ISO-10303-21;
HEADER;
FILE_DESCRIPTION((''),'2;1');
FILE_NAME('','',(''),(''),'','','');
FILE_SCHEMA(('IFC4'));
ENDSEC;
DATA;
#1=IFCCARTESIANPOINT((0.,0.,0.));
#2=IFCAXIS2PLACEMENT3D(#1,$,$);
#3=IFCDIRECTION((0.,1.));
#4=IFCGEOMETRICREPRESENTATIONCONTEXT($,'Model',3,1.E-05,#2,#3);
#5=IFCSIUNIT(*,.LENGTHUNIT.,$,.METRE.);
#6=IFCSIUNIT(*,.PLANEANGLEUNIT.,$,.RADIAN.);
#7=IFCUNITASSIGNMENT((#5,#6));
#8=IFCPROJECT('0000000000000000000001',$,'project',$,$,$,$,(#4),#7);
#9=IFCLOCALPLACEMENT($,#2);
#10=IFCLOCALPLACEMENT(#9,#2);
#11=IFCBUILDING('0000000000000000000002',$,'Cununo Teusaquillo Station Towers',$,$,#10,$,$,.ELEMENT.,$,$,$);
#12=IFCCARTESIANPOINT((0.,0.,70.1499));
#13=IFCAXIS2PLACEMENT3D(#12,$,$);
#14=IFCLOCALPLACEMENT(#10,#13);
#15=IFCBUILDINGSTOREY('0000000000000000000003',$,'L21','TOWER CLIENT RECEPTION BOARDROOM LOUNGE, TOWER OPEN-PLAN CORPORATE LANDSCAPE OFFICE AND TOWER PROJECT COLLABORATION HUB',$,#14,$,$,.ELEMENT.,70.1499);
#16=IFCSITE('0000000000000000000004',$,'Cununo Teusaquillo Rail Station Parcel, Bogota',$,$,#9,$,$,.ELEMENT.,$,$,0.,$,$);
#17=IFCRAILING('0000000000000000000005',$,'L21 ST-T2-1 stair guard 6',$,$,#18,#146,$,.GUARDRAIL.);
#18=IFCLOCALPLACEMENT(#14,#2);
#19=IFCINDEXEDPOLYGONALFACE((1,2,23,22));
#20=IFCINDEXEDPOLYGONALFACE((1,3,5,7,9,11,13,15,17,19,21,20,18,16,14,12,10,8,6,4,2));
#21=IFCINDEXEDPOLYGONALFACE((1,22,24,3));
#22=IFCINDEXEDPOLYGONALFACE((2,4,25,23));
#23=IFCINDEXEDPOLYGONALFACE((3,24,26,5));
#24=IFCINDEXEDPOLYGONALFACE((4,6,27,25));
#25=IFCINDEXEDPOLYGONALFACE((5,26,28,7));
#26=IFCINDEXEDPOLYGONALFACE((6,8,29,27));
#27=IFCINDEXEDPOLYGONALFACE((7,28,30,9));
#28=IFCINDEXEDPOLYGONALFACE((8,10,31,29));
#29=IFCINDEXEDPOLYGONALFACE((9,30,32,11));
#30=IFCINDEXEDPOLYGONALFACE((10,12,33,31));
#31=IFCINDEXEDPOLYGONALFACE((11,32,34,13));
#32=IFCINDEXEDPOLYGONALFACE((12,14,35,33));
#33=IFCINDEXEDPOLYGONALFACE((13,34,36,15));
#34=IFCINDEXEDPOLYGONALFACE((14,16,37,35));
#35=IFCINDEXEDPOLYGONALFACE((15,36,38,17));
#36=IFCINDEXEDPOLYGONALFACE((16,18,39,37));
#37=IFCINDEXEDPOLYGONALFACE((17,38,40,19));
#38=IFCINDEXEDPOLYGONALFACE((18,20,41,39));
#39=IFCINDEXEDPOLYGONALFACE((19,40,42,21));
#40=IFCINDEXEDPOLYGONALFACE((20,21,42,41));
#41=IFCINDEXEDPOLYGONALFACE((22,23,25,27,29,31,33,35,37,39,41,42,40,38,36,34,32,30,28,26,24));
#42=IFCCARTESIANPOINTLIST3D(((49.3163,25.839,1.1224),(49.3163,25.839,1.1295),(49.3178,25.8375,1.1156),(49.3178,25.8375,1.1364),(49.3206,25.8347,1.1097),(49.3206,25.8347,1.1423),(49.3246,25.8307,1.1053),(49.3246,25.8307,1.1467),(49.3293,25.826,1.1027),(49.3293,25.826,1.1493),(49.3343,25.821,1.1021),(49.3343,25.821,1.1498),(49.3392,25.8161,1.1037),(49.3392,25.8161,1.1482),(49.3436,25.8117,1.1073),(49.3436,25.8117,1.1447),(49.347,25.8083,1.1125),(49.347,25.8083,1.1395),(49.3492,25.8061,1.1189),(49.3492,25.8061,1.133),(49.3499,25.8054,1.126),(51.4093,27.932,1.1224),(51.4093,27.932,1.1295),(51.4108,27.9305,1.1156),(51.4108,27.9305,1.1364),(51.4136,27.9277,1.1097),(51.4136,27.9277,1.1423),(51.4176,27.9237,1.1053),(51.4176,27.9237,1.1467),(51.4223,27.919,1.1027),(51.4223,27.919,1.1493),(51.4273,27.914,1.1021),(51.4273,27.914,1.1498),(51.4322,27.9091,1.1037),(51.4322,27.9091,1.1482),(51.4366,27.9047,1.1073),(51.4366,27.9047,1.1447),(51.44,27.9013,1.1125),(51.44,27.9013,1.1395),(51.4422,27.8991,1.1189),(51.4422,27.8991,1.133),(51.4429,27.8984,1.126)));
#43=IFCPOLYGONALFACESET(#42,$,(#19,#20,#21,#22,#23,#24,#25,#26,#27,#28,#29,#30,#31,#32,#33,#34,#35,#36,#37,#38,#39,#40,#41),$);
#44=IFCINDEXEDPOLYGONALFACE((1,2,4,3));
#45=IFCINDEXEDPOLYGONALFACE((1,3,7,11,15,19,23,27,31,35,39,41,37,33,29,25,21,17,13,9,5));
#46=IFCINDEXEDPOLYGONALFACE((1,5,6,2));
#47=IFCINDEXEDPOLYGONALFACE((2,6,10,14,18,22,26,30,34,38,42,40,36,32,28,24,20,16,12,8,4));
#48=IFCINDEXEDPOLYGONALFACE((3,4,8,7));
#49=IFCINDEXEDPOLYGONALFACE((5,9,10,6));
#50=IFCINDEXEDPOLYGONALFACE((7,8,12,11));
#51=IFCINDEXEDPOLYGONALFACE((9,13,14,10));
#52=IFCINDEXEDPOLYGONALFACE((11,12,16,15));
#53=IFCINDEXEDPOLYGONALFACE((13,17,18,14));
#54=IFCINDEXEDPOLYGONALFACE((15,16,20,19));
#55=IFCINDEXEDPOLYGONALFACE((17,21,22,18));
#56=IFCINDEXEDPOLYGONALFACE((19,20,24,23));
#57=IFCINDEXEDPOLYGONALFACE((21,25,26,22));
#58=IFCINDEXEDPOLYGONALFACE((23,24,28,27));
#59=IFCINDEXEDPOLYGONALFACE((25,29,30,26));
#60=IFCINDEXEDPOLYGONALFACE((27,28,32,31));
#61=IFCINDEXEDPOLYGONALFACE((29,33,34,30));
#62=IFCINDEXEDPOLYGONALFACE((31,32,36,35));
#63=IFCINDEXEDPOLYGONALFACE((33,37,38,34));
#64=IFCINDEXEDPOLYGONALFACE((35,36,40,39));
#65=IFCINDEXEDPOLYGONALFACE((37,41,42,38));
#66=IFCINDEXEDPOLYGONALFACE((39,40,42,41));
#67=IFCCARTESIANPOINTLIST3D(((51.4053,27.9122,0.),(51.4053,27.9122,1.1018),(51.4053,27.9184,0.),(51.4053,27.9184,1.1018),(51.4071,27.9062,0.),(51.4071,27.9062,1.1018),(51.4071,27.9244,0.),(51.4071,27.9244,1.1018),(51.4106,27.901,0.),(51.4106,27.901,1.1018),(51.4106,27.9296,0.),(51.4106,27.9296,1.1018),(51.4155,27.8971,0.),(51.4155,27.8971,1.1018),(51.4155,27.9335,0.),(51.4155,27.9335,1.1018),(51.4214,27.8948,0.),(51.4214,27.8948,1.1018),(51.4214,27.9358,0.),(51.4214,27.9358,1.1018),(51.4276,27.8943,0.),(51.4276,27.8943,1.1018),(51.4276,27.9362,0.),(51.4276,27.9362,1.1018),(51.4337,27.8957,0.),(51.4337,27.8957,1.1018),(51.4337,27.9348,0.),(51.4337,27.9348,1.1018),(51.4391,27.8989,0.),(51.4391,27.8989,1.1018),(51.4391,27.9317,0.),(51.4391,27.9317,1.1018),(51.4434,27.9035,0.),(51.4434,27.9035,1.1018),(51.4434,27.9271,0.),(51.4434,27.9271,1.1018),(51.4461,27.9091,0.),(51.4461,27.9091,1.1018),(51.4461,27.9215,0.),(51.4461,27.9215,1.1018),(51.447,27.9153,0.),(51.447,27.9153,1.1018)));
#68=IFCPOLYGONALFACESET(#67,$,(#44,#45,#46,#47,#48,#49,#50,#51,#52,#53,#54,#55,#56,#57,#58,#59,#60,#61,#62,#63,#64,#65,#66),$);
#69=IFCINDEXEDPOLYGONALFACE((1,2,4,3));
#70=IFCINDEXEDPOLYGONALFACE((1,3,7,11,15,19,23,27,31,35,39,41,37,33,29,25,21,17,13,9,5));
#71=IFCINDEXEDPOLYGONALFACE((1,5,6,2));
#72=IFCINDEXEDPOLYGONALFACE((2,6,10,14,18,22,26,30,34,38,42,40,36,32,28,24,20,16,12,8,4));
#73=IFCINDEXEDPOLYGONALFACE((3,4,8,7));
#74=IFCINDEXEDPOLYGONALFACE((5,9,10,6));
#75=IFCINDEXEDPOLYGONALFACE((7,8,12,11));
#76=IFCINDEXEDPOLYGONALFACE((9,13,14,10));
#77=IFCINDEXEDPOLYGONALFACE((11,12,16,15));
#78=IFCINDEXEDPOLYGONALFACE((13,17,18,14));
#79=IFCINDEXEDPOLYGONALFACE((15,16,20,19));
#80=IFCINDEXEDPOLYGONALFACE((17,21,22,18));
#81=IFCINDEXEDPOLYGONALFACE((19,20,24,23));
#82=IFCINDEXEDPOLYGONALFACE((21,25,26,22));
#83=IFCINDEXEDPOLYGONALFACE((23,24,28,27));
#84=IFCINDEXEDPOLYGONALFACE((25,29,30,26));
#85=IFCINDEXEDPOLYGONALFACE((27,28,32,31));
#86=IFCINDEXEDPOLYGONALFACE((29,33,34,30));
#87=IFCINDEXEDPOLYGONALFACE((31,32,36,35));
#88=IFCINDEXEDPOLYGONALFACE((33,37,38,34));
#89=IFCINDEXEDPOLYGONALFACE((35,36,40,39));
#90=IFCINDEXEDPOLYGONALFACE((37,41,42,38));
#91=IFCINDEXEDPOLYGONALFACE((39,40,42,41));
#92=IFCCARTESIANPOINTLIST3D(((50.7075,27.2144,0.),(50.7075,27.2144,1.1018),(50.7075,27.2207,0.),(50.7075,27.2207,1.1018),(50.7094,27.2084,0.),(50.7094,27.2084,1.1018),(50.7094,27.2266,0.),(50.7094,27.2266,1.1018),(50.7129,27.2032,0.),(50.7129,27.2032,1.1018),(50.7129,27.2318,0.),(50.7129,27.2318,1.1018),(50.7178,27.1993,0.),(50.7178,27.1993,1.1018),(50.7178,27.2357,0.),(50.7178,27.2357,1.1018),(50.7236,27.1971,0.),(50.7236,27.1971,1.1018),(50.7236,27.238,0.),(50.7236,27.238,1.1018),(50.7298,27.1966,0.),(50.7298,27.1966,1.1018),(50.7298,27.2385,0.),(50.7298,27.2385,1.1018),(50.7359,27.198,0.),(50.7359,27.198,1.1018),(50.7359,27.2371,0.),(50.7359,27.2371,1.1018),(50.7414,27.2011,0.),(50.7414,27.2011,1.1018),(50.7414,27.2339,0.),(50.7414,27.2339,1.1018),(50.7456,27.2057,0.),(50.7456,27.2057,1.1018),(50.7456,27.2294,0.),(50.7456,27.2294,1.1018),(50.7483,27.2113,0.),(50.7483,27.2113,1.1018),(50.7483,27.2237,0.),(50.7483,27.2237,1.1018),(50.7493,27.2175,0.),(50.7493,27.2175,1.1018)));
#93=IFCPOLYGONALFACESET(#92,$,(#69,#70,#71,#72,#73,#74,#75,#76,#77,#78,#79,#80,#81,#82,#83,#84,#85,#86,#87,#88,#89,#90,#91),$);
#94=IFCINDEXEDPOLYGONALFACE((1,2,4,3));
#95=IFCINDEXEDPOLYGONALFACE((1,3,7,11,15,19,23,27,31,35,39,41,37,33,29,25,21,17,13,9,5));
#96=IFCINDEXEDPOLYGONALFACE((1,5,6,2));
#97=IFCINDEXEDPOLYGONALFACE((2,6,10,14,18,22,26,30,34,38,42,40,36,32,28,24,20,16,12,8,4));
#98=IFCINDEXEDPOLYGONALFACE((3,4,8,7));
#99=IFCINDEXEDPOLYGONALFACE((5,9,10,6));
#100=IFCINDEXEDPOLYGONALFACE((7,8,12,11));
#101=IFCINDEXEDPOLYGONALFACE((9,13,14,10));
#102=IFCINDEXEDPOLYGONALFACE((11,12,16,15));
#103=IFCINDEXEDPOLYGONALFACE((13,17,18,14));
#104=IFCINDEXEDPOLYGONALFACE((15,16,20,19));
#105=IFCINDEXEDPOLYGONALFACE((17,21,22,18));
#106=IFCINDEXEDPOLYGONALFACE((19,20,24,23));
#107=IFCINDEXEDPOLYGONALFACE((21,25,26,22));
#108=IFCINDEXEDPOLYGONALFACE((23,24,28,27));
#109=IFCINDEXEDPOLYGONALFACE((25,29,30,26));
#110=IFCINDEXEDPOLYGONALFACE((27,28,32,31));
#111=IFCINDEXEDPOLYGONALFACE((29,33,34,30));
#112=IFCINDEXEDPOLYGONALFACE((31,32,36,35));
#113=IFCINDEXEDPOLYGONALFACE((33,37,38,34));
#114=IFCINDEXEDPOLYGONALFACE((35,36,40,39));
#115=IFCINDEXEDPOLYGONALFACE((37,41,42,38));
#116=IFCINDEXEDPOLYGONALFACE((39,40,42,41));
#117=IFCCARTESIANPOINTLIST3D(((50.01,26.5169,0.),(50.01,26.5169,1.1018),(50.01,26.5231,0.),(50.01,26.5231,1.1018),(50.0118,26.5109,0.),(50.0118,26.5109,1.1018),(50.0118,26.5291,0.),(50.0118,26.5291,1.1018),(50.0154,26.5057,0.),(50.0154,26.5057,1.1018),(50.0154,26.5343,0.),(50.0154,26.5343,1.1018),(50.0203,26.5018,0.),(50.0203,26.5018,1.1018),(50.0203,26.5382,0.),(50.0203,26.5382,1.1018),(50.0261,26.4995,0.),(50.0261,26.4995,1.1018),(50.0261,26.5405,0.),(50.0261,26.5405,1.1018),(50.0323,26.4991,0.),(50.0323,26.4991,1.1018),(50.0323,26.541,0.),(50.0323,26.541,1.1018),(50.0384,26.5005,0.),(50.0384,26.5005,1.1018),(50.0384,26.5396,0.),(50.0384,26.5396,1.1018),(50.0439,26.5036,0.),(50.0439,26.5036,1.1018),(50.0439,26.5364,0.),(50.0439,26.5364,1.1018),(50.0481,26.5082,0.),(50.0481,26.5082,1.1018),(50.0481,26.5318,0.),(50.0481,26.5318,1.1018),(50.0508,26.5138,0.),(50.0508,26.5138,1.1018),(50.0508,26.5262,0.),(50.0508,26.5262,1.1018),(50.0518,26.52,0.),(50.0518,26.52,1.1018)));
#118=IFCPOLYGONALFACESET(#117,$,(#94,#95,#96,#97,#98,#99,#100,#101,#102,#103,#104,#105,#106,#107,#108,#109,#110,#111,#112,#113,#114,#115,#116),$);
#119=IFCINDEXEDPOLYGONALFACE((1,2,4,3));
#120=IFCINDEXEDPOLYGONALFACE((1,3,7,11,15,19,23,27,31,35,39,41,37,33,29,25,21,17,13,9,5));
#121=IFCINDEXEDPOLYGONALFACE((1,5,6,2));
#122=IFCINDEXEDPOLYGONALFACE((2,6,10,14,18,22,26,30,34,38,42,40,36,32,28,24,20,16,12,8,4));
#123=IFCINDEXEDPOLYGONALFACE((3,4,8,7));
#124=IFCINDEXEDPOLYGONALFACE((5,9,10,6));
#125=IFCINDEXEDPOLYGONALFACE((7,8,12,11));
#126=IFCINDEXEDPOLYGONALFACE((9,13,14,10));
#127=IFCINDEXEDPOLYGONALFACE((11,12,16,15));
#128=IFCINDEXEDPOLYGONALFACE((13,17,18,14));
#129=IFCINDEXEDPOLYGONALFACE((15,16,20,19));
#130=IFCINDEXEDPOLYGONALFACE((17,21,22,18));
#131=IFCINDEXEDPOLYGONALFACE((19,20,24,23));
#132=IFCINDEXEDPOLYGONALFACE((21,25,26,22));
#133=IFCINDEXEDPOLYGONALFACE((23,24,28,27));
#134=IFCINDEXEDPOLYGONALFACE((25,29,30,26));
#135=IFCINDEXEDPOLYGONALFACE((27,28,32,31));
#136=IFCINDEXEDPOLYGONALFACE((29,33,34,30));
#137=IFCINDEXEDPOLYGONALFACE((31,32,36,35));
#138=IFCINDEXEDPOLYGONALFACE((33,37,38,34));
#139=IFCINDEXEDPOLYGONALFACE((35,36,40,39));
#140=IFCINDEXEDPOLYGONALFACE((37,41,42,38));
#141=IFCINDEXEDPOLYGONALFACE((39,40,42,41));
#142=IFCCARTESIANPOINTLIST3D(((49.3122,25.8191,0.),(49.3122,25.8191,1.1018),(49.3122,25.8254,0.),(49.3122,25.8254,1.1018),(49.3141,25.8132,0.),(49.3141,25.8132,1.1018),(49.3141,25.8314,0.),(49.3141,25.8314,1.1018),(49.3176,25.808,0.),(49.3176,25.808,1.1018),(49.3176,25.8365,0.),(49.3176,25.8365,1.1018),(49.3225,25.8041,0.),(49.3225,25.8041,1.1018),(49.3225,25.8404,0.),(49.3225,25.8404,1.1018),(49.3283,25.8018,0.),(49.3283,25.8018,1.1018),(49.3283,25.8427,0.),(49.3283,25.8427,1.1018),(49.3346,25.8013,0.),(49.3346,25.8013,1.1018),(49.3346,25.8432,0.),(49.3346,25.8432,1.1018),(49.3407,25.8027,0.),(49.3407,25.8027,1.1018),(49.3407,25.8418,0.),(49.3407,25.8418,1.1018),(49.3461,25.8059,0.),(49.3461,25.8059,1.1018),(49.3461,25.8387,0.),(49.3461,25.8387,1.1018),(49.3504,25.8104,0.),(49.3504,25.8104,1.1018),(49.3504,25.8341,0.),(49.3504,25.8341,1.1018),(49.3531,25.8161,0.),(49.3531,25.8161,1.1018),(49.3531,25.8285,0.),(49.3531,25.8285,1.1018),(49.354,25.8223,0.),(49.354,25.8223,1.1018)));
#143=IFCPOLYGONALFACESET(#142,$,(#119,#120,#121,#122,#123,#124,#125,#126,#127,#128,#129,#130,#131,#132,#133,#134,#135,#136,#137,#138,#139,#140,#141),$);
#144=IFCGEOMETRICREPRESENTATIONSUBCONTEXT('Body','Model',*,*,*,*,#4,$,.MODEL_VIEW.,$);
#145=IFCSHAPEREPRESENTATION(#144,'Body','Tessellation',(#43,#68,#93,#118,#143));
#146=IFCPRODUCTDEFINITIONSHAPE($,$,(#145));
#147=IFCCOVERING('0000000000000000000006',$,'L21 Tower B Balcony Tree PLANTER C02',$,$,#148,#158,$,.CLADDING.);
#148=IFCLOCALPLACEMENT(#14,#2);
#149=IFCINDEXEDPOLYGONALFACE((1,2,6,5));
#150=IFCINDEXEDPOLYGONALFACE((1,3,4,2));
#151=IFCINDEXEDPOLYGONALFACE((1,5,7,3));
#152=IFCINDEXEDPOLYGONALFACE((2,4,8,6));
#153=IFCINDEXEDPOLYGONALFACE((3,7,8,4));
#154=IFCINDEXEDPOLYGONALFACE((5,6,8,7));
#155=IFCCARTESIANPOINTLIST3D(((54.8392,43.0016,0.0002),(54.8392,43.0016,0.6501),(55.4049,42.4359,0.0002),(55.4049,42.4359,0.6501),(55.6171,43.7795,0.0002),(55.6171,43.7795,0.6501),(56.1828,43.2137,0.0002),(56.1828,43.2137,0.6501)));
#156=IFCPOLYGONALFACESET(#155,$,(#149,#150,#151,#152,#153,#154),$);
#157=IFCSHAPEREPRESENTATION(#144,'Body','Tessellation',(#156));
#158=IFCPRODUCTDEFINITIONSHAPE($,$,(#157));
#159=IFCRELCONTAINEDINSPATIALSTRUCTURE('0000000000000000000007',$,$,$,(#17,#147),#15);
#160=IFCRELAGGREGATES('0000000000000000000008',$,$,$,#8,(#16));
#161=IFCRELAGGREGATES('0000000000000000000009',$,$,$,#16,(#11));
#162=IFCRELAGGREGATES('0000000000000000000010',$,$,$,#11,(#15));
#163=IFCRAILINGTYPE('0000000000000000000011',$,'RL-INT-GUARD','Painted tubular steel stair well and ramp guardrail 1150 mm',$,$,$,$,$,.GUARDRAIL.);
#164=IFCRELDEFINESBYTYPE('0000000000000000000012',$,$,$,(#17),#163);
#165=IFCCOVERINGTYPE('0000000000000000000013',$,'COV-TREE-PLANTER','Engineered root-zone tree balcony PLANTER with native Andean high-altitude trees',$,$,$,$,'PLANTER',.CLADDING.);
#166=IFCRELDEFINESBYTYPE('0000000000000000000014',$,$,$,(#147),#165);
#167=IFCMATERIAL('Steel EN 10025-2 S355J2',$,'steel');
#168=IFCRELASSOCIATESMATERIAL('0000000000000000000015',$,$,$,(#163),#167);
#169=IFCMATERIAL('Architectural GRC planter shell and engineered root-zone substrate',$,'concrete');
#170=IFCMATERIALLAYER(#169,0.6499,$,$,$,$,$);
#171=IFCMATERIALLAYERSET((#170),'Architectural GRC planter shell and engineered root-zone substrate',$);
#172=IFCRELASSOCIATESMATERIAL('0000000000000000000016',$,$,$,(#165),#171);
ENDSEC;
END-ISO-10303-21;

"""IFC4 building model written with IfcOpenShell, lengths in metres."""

from ifc_helpers import new_model, si_unit, direction, frame, origin, origin_2d, place, context, subcontext, project, spatial, rectangle, circle, extrude, source, transform, mapped, material, layer, layer_set, type_object, element, save


model = new_model("IFC4")

# Units and contexts
model_context = context("Model", 3, precision=1e-05, world=origin(), true_north=direction((0.0, 1.0)))
body_context = subcontext(model_context, "Body", "Model", "MODEL_VIEW")
ifc_project = project(units=[si_unit("LENGTHUNIT", "METRE"), si_unit("PLANEANGLEUNIT", "RADIAN")], contexts=[model_context])

# Site, building, storey
site_placement = place(None, origin())
site = spatial("IfcSite", under=ifc_project, at=site_placement, Name="Cununo Teusaquillo Rail Station Parcel, Bogota", CompositionType="ELEMENT", RefElevation=0.0)
building_placement = place(site_placement, origin())
building = spatial("IfcBuilding", under=site, at=building_placement, Name="Cununo Teusaquillo Station Towers", CompositionType="ELEMENT")
storey_placement = place(building_placement, frame((0.0, 0.0, 70.1499)))
storey = spatial("IfcBuildingStorey", under=building, at=storey_placement, Name="L21", Description="TOWER CLIENT RECEPTION BOARDROOM LOUNGE, TOWER OPEN-PLAN CORPORATE LANDSCAPE OFFICE AND TOWER PROJECT COLLABORATION HUB", CompositionType="ELEMENT", Elevation=70.1499)

# Railing
ifc_material_1 = material(Name="Steel EN 10025-2 S355J2", Category="steel")
railing_type_1 = type_object("IfcRailingType", Name="RL-INT-GUARD", Description="Painted tubular steel stair well and ramp guardrail 1150 mm", PredefinedType="GUARDRAIL", material=ifc_material_1)
railing_1_placement = place(storey_placement, frame((51.426, 27.9153, 0.0)))
element("IfcRailing", 1, at=railing_1_placement, inside=storey, type_object=railing_type_1, Name="L21 ST-T2-1 stair guard 6", PredefinedType="GUARDRAIL", context=body_context, shape_type="SweptSolid", body=[
    extrude(circle(Radius=0.0239, at=origin_2d()), frame((0.0, 0.0, 1.126), z_axis=(-0.707107, -0.707107, 0.0), x_axis=(0.707107, -0.707107, 0.0)), (0.0, 0.0, 1.0), 2.96),
    extrude(circle(Radius=0.021, at=origin_2d()), origin(), (0.0, 0.0, 1.0), 1.1018),
    extrude(circle(Radius=0.021, at=origin_2d()), frame((-0.6978, -0.6978, 0.0)), (0.0, 0.0, 1.0), 1.1018),
    extrude(circle(Radius=0.021, at=origin_2d()), frame((-1.3953, -1.3953, 0.0)), (0.0, 0.0, 1.0), 1.1018),
    extrude(circle(Radius=0.021, at=origin_2d()), frame((-2.093, -2.093, 0.0)), (0.0, 0.0, 1.0), 1.1018),
])

# Covering
ifc_material_2 = material(Name="Architectural GRC planter shell and engineered root-zone substrate", Category="concrete")
ifc_layer_1 = layer(ifc_material_2, 0.6499)
ifc_layer_set_1 = layer_set([ifc_layer_1], Name="Architectural GRC planter shell and engineered root-zone substrate")
covering_type = type_object("IfcCoveringType", Name="COV-TREE-PLANTER", Description="Engineered root-zone tree balcony PLANTER with native Andean high-altitude trees", ElementType="PLANTER", PredefinedType="CLADDING", material=ifc_layer_set_1)
shared_shape_1 = source(origin(), body_context, "Body", "SweptSolid", [
    extrude(rectangle(XDim=1.1001, YDim=0.8, at=origin_2d()), origin(), (0.0, 0.0, 1.0), 0.6499),
])
covering_placement = place(storey_placement, frame((55.511, 43.1077, 0.0002), z_axis=(0.0, 0.0, 1.0), x_axis=(0.707107, 0.707107, 0.0)))
element("IfcCovering", 2, at=covering_placement, inside=storey, type_object=covering_type, Name="L21 Tower B Balcony Tree PLANTER C02", PredefinedType="CLADDING", context=body_context, shape_type="MappedRepresentation", body=[
    mapped(shared_shape_1, transform((0.0, 0.0, 0.0), x_axis=(1.0, 0.0, 0.0), y_axis=(0.0, 1.0, 0.0), z_axis=(0.0, 0.0, 1.0), scale=1.0)),
])

save(model, "model.ifc")
